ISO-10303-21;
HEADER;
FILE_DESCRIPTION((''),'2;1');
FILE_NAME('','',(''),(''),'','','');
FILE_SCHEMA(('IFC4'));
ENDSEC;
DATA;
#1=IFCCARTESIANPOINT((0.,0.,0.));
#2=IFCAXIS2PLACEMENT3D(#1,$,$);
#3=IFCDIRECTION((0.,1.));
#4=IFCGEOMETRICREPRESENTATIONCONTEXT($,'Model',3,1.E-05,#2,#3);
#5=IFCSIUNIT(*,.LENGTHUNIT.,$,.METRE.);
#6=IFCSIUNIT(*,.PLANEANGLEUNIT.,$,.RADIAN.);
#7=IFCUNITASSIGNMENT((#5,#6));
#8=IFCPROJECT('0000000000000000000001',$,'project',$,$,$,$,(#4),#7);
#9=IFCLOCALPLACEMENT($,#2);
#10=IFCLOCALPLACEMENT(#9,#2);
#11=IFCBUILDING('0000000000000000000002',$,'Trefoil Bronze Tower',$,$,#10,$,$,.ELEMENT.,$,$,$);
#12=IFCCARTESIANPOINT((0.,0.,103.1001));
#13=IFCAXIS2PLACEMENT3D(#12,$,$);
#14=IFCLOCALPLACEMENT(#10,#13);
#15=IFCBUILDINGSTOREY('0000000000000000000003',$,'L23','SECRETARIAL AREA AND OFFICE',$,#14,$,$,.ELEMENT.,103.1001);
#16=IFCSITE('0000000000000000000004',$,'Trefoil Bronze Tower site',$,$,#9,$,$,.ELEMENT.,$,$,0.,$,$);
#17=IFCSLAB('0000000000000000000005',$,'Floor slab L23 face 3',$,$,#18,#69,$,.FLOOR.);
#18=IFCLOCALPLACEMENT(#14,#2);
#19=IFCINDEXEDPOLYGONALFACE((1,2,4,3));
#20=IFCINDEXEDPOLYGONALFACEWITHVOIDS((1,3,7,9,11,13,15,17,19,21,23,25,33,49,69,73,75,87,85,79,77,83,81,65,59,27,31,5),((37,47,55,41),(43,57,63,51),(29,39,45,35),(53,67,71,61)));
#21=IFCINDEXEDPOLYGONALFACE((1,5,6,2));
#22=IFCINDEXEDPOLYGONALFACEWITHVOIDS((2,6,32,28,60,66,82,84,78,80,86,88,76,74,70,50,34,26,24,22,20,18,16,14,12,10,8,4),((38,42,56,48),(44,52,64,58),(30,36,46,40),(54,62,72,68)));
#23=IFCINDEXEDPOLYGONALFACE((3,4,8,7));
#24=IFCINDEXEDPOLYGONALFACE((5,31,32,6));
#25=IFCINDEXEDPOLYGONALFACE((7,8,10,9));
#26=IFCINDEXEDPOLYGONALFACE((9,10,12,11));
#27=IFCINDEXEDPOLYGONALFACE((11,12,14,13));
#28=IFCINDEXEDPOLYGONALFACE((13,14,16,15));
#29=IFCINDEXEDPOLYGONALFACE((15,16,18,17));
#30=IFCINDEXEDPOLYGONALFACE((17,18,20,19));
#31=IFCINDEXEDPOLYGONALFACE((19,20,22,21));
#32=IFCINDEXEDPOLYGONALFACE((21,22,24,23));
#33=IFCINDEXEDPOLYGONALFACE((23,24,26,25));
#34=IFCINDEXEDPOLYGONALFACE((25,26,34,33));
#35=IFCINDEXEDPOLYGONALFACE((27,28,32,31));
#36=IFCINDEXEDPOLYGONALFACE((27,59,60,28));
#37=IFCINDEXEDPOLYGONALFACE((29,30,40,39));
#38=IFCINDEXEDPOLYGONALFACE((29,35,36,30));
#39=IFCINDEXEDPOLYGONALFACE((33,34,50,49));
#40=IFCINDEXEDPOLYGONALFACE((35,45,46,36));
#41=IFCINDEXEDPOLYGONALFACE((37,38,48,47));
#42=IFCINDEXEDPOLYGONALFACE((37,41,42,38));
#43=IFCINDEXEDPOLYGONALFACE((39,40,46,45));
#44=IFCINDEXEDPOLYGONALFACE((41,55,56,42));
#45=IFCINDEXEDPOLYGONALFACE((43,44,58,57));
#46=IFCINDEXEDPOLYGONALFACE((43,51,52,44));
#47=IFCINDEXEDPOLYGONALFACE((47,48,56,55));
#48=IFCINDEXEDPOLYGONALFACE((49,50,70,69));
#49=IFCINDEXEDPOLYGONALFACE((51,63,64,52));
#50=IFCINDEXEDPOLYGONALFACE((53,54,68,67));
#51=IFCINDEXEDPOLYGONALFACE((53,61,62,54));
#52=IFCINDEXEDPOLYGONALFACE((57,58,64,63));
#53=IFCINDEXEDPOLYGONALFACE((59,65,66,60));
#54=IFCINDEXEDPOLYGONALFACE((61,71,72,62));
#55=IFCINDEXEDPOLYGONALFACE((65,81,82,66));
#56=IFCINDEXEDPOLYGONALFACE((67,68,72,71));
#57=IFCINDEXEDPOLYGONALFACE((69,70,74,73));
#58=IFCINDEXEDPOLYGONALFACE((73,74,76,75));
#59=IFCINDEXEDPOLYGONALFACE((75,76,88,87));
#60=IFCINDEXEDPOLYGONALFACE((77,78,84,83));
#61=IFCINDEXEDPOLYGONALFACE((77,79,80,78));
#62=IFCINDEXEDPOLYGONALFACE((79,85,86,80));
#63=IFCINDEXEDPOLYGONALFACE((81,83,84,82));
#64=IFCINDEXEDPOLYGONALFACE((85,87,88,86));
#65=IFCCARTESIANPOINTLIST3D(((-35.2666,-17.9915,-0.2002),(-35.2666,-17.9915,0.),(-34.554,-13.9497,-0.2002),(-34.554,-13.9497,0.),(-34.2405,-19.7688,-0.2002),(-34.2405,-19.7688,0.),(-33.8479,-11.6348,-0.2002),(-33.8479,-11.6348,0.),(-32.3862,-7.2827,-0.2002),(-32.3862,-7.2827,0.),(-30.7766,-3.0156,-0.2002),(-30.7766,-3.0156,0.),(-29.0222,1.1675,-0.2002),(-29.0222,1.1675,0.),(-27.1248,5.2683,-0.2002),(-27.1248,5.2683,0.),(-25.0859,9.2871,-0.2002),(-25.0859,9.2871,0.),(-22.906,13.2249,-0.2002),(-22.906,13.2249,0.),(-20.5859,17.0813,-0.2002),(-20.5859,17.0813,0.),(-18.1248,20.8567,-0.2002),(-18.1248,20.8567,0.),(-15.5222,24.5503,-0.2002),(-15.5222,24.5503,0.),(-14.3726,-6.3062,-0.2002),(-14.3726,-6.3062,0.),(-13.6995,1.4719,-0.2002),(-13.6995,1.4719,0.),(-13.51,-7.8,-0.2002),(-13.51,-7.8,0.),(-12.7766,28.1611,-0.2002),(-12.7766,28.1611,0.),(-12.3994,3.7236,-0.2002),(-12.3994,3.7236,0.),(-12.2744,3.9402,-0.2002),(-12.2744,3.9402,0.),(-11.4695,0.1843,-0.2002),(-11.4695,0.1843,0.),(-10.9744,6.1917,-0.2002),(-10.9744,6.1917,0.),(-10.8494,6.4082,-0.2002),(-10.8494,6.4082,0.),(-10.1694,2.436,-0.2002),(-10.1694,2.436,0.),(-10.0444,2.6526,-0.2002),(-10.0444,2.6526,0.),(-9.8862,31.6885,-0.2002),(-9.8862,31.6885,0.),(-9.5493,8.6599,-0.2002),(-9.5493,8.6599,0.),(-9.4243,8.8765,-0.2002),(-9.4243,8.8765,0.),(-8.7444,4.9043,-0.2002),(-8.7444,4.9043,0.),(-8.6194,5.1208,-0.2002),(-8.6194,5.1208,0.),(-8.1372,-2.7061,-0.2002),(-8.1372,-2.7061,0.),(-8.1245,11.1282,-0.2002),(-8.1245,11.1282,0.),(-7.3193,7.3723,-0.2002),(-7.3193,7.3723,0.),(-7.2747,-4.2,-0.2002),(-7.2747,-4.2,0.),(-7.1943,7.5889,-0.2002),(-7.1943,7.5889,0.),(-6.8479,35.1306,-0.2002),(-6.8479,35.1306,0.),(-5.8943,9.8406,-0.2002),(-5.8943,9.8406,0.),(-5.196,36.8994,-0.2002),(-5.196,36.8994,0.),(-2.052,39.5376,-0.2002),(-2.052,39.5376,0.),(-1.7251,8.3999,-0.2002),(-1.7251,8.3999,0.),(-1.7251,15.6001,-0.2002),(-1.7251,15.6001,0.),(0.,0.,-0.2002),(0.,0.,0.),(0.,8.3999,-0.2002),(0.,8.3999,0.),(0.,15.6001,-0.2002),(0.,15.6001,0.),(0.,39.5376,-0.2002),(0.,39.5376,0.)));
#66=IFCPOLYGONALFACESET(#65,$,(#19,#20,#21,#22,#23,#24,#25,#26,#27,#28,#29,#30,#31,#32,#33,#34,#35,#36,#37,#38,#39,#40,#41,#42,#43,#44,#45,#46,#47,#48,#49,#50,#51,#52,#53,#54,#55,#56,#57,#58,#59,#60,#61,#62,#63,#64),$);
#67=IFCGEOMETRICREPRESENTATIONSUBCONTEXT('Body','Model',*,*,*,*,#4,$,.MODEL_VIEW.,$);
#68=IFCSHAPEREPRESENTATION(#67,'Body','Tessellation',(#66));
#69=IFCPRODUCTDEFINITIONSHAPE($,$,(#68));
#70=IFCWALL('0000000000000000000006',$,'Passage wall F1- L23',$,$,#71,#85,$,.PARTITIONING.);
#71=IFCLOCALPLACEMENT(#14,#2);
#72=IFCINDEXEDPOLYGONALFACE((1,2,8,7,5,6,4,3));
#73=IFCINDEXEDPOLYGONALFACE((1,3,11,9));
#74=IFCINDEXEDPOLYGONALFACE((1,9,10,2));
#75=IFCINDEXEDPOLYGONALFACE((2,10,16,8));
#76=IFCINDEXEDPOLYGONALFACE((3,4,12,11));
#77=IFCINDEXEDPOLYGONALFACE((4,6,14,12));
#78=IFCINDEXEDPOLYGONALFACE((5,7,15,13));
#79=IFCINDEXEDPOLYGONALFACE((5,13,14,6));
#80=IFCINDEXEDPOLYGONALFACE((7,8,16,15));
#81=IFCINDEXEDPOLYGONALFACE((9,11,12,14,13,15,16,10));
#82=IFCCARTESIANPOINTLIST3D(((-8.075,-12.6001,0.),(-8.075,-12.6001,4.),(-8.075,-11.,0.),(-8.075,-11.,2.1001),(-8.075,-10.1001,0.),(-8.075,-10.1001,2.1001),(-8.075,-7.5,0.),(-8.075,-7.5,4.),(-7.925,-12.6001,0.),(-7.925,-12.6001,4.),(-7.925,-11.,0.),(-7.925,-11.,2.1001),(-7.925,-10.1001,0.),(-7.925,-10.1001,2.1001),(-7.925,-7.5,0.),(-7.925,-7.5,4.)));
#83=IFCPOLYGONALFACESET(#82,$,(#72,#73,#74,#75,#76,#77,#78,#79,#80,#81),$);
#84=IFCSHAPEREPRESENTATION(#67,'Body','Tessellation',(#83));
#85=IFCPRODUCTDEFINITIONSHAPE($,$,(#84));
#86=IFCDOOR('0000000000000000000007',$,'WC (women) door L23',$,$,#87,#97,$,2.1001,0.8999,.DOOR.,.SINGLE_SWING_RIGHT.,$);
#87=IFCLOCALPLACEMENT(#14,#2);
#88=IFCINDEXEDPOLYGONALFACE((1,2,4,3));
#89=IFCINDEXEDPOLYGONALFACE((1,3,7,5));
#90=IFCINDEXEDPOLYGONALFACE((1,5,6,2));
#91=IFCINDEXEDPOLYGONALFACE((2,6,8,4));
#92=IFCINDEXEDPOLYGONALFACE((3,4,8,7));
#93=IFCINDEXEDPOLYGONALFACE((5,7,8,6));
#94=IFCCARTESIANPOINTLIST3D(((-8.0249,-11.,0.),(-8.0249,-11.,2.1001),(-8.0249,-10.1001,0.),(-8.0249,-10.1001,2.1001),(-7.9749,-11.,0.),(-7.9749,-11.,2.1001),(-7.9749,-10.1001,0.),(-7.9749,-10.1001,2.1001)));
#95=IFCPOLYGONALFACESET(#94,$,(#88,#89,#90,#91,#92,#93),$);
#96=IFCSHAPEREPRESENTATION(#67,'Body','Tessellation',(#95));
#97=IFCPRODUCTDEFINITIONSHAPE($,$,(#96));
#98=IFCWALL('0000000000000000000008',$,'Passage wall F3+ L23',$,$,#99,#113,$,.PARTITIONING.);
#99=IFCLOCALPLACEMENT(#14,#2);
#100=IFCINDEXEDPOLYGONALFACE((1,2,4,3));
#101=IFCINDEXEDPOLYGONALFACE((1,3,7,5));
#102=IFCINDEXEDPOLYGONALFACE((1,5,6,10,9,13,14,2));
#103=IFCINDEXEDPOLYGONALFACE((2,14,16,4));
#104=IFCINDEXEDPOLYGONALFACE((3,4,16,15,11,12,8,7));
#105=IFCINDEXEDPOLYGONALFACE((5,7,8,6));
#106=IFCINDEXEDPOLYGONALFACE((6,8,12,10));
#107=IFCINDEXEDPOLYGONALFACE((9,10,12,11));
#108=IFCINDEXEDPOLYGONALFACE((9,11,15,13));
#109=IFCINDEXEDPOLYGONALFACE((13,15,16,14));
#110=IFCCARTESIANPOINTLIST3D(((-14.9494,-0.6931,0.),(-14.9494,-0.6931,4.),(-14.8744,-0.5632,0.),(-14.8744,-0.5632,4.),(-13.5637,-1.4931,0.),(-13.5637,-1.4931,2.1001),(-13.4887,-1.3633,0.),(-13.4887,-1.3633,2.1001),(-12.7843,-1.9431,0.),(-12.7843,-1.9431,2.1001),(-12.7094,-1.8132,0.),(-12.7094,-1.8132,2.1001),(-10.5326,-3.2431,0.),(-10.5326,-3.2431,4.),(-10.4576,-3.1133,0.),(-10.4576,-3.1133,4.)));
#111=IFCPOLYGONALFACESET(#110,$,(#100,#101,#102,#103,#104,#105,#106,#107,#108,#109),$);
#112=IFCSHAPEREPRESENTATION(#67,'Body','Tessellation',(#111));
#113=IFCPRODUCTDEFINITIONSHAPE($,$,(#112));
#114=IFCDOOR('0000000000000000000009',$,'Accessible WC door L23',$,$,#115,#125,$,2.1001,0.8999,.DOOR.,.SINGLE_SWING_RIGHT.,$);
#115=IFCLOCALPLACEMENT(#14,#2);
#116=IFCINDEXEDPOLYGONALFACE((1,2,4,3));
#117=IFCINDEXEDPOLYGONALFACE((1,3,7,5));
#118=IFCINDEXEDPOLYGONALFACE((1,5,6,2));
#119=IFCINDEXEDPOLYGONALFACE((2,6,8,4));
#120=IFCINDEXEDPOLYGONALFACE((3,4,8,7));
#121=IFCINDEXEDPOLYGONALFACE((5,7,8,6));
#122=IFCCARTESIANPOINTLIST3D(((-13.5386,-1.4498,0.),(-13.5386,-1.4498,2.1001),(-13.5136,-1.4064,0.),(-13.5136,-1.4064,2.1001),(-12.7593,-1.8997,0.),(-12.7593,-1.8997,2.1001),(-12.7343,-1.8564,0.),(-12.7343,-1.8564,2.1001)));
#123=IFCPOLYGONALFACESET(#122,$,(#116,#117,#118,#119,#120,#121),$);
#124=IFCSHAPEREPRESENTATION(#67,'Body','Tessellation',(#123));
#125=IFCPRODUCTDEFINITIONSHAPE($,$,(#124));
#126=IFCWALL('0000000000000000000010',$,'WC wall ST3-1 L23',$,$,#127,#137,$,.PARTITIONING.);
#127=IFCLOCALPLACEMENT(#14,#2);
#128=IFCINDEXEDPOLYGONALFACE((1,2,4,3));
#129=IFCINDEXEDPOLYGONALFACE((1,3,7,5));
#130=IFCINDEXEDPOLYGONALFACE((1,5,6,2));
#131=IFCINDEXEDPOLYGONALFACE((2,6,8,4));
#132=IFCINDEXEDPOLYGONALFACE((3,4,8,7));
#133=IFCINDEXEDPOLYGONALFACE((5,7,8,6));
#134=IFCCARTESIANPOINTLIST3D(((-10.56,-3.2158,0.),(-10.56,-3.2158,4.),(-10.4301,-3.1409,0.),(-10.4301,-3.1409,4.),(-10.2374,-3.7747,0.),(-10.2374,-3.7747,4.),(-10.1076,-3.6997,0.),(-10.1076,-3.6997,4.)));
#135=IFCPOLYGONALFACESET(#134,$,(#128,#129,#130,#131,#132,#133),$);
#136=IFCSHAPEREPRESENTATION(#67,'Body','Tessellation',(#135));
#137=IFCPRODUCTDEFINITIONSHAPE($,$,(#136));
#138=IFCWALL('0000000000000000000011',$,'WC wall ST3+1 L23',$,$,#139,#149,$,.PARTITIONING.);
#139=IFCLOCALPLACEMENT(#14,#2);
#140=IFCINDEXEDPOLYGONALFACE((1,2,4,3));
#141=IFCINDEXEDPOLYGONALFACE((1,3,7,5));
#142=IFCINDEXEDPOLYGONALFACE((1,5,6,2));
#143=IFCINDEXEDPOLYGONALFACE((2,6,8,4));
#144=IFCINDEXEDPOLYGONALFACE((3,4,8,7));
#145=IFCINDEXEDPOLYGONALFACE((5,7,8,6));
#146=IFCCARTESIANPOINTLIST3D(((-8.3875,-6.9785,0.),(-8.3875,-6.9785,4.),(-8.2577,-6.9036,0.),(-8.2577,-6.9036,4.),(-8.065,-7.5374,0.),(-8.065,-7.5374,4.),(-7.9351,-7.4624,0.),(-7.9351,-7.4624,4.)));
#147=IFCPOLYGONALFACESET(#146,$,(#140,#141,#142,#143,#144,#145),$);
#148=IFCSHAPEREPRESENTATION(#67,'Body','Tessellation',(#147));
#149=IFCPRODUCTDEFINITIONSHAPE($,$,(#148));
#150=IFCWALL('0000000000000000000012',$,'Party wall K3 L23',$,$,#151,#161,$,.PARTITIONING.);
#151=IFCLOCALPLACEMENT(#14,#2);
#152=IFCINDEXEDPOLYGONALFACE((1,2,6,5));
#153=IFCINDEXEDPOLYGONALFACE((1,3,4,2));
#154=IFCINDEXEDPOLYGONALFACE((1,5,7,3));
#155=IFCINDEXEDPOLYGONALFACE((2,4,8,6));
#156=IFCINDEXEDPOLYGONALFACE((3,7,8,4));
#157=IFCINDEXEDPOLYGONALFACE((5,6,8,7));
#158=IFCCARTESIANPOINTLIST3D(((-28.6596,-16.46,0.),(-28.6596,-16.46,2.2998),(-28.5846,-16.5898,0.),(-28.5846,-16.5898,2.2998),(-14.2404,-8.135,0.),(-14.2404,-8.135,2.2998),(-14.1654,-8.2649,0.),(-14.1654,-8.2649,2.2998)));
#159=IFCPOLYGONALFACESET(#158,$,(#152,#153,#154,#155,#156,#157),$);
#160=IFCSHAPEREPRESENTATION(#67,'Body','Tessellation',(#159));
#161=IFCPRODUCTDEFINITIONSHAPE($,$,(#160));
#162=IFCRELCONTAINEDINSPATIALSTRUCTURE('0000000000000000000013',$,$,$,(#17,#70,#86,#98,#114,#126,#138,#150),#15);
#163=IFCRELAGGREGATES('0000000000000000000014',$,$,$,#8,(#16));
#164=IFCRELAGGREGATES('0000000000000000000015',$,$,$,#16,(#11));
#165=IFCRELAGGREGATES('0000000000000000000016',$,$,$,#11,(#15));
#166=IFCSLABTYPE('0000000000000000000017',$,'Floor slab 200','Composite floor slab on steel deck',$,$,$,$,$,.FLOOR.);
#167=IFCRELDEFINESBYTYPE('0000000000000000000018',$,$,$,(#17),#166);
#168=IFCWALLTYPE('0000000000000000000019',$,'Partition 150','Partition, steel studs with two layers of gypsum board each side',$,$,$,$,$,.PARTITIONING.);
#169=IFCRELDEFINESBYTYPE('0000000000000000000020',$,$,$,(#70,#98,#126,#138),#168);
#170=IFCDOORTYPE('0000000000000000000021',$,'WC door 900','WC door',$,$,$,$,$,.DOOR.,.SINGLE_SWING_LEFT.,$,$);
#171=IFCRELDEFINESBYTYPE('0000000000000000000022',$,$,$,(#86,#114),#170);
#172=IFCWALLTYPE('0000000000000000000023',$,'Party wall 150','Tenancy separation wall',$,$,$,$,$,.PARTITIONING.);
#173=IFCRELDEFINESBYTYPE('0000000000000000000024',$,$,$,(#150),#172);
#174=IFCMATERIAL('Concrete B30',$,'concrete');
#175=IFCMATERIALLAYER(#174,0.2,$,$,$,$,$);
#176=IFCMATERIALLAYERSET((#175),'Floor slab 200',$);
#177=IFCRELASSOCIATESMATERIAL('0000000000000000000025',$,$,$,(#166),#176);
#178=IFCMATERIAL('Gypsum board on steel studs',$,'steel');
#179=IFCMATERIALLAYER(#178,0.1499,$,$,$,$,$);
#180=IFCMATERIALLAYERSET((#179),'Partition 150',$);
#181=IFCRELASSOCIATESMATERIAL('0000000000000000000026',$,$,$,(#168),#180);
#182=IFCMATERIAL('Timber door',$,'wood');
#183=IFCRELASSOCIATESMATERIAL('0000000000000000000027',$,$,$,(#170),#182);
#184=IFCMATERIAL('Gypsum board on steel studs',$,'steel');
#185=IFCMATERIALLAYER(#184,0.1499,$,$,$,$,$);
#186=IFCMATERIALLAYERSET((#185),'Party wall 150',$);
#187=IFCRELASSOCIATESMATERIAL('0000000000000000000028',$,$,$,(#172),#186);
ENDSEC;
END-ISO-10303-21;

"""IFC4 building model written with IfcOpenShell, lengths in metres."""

from ifc_helpers import new_model, si_unit, direction, frame, frame_2d, origin, place, context, subcontext, project, spatial, polyline, rectangle, outline, extrude, material, layer, layer_set, type_object, element, fill, save


model = new_model("IFC4")

# Units and contexts
model_context = context("Model", 3, precision=1e-05, world=origin(), true_north=direction((0.0, 1.0)))
body_context = subcontext(model_context, "Body", "Model", "MODEL_VIEW")
ifc_project = project(units=[si_unit("LENGTHUNIT", "METRE"), si_unit("PLANEANGLEUNIT", "RADIAN")], contexts=[model_context])

# Site, building, storey
site_placement = place(None, origin())
site = spatial("IfcSite", under=ifc_project, at=site_placement, Name="Trefoil Bronze Tower site", CompositionType="ELEMENT", RefElevation=0.0)
building_placement = place(site_placement, origin())
building = spatial("IfcBuilding", under=site, at=building_placement, Name="Trefoil Bronze Tower", CompositionType="ELEMENT")
storey_placement = place(building_placement, frame((0.0, 0.0, 103.1001)))
storey = spatial("IfcBuildingStorey", under=building, at=storey_placement, Name="L23", Description="SECRETARIAL AREA AND OFFICE", CompositionType="ELEMENT", Elevation=103.1001)

# Slab
ifc_material_1 = material(Name="Concrete B30", Category="concrete")
ifc_layer_1 = layer(ifc_material_1, 0.2)
ifc_layer_set_1 = layer_set([ifc_layer_1], Name="Floor slab 200")
slab_type = type_object("IfcSlabType", Name="Floor slab 200", Description="Composite floor slab on steel deck", PredefinedType="FLOOR", material=ifc_layer_set_1)
slab_1_placement = place(storey_placement, frame((0.0, 0.0, -0.2002)))
element("IfcSlab", 1, at=slab_1_placement, inside=storey, type_object=slab_type, Name="Floor slab L23 face 3", PredefinedType="FLOOR", context=body_context, shape_type="SweptSolid", body=[
    extrude(outline(polyline([(-32.3862, -7.2827), (-30.7766, -3.0156), (-29.0222, 1.1675), (-27.1248, 5.2683), (-25.0859, 9.2871), (-22.906, 13.2249), (-20.5859, 17.0813), (-18.1248, 20.8567), (-15.5222, 24.5503), (-12.7766, 28.1611), (-9.8862, 31.6885), (-6.8479, 35.1306), (-5.196, 36.8994), (-2.052, 39.5376), (0.0, 39.5376), (0.0, 15.6001), (-1.7251, 15.6001), (-1.7251, 8.3999), (0.0, 8.3999), (0.0, 0.0), (-7.2747, -4.2), (-8.1372, -2.7061), (-14.3726, -6.3062), (-13.51, -7.8), (-34.2405, -19.7688), (-35.2666, -17.9915), (-34.554, -13.9497), (-33.8479, -11.6348), (-32.3862, -7.2827)]), holes=[polyline([(-5.8943, 9.8406), (-7.1943, 7.5889), (-9.4243, 8.8765), (-8.1245, 11.1282), (-5.8943, 9.8406)]), polyline([(-7.3193, 7.3723), (-8.6194, 5.1208), (-10.8494, 6.4082), (-9.5493, 8.6599), (-7.3193, 7.3723)]), polyline([(-8.7444, 4.9043), (-10.0444, 2.6526), (-12.2744, 3.9402), (-10.9744, 6.1917), (-8.7444, 4.9043)]), polyline([(-10.1694, 2.436), (-11.4695, 0.1843), (-13.6995, 1.4719), (-12.3994, 3.7236), (-10.1694, 2.436)])]), origin(), (0.0, 0.0, 1.0), 0.2002),
])

# Walls, openings, doors
ifc_material_2 = material(Name="Gypsum board on steel studs", Category="steel")
ifc_layer_2 = layer(ifc_material_2, 0.1499)
ifc_layer_set_2 = layer_set([ifc_layer_2], Name="Partition 150")
wall_type_1 = type_object("IfcWallType", Name="Partition 150", Description="Partition, steel studs with two layers of gypsum board each side", PredefinedType="PARTITIONING", material=ifc_layer_set_2)
wall_1_placement = place(storey_placement, frame((-8.0, -7.5, 0.0), z_axis=(0.0, 0.0, 1.0), x_axis=(0.0, -1.0, 0.0)))
wall_1 = element("IfcWall", 2, at=wall_1_placement, inside=storey, type_object=wall_type_1, Name="Passage wall F1- L23", PredefinedType="PARTITIONING", context=body_context, shape_type="SweptSolid", body=[
    extrude(rectangle(XDim=5.1001, YDim=0.1499, at=frame_2d((2.55, 0.0))), origin(), (0.0, 0.0, 1.0), 4.0),
])
opening_1_placement = place(wall_1_placement, frame((2.6001, 0.0, 0.0)))
opening_1 = element("IfcOpeningElement", 3, at=opening_1_placement, cuts=wall_1, PredefinedType="OPENING", context=body_context, shape_type="SweptSolid", body=[
    extrude(rectangle(XDim=0.8999, YDim=2.1001, at=frame_2d((0.45, 1.05))), frame((0.0, 0.085, 0.0), z_axis=(0.0, -1.0, 0.0), x_axis=(1.0, 0.0, 0.0)), (0.0, 0.0, 1.0), 0.1699),
])
ifc_material_3 = material(Name="Timber door", Category="wood")
door_type_1 = type_object("IfcDoorType", Name="WC door 900", Description="WC door", OperationType="SINGLE_SWING_LEFT", PredefinedType="DOOR", material=ifc_material_3)
door_1_placement = place(opening_1_placement, frame((0.8999, 0.0, 0.0), z_axis=(0.0, 0.0, 1.0), x_axis=(-1.0, 0.0, 0.0)))
door_1 = element("IfcDoor", 4, at=door_1_placement, inside=storey, type_object=door_type_1, Name="WC (women) door L23", OperationType="SINGLE_SWING_RIGHT", OverallHeight=2.1001, OverallWidth=0.8999, PredefinedType="DOOR", context=body_context, shape_type="SweptSolid", body=[
    extrude(rectangle(XDim=0.8999, YDim=2.1001, at=frame_2d((0.45, 1.05))), frame((0.0, 0.0249, 0.0), z_axis=(0.0, -1.0, 0.0), x_axis=(1.0, 0.0, 0.0)), (0.0, 0.0, 1.0), 0.05),
])
fill(opening_1, door_1)
wall_2_placement = place(storey_placement, frame((-10.4951, -3.1782, 0.0), z_axis=(0.0, 0.0, 1.0), x_axis=(-0.866022, 0.500006, 0.0)))
wall_2 = element("IfcWall", 5, at=wall_2_placement, inside=storey, type_object=wall_type_1, Name="Passage wall F3+ L23", PredefinedType="PARTITIONING", context=body_context, shape_type="SweptSolid", body=[
    extrude(rectangle(XDim=5.1001, YDim=0.1499, at=frame_2d((2.55, 0.0))), origin(), (0.0, 0.0, 1.0), 4.0),
])
opening_2_placement = place(wall_2_placement, frame((2.6001, 0.0, 0.0)))
opening_2 = element("IfcOpeningElement", 6, at=opening_2_placement, cuts=wall_2, PredefinedType="OPENING", context=body_context, shape_type="SweptSolid", body=[
    extrude(rectangle(XDim=0.8999, YDim=2.1001, at=frame_2d((0.45, 1.05))), frame((0.0, 0.085, 0.0), z_axis=(0.0, -1.0, 0.0), x_axis=(1.0, 0.0, 0.0)), (0.0, 0.0, 1.0), 0.1699),
])
door_2_placement = place(opening_2_placement, origin())
door_2 = element("IfcDoor", 7, at=door_2_placement, inside=storey, type_object=door_type_1, Name="Accessible WC door L23", OperationType="SINGLE_SWING_RIGHT", OverallHeight=2.1001, OverallWidth=0.8999, PredefinedType="DOOR", context=body_context, shape_type="SweptSolid", body=[
    extrude(rectangle(XDim=0.8999, YDim=2.1001, at=frame_2d((0.45, 1.05))), frame((0.0, 0.0249, 0.0), z_axis=(0.0, -1.0, 0.0), x_axis=(1.0, 0.0, 0.0)), (0.0, 0.0, 1.0), 0.05),
])
fill(opening_2, door_2)

# Walls
for number, where, z_axis, x_axis, name in (
    (8, (-10.4951, -3.1782, 0.0), (0.0, 0.0, 1.0), (0.499843, -0.866116, 0.0), "WC wall ST3-1 L23"),
    (9, (-8.0, -7.5, 0.0), (0.0, 0.0, 1.0), (-0.499843, 0.866116, 0.0), "WC wall ST3+1 L23"),
):
    element("IfcWall", number, at=place(storey_placement, frame(where, z_axis=z_axis, x_axis=x_axis)), inside=storey, type_object=wall_type_1, Name=name, PredefinedType="PARTITIONING", context=body_context, shape_type="SweptSolid", body=[
        extrude(rectangle(XDim=0.6453, YDim=0.1499, at=frame_2d((0.3228, 0.0))), origin(), (0.0, 0.0, 1.0), 4.0),
    ])
ifc_material_4 = material(Name="Gypsum board on steel studs", Category="steel")
ifc_layer_3 = layer(ifc_material_4, 0.1499)
ifc_layer_set_3 = layer_set([ifc_layer_3], Name="Party wall 150")
wall_type_2 = type_object("IfcWallType", Name="Party wall 150", Description="Tenancy separation wall", PredefinedType="PARTITIONING", material=ifc_layer_set_3)
wall_3_placement = place(storey_placement, frame((-14.2029, -8.2, 0.0), z_axis=(0.0, 0.0, 1.0), x_axis=(-0.866025, -0.500001, 0.0)))
element("IfcWall", 10, at=wall_3_placement, inside=storey, type_object=wall_type_2, Name="Party wall K3 L23", PredefinedType="PARTITIONING", context=body_context, shape_type="SweptSolid", body=[
    extrude(rectangle(XDim=16.6499, YDim=0.1499, at=frame_2d((8.325, 0.0))), origin(), (0.0, 0.0, 1.0), 2.2998),
])

save(model, "model.ifc")
